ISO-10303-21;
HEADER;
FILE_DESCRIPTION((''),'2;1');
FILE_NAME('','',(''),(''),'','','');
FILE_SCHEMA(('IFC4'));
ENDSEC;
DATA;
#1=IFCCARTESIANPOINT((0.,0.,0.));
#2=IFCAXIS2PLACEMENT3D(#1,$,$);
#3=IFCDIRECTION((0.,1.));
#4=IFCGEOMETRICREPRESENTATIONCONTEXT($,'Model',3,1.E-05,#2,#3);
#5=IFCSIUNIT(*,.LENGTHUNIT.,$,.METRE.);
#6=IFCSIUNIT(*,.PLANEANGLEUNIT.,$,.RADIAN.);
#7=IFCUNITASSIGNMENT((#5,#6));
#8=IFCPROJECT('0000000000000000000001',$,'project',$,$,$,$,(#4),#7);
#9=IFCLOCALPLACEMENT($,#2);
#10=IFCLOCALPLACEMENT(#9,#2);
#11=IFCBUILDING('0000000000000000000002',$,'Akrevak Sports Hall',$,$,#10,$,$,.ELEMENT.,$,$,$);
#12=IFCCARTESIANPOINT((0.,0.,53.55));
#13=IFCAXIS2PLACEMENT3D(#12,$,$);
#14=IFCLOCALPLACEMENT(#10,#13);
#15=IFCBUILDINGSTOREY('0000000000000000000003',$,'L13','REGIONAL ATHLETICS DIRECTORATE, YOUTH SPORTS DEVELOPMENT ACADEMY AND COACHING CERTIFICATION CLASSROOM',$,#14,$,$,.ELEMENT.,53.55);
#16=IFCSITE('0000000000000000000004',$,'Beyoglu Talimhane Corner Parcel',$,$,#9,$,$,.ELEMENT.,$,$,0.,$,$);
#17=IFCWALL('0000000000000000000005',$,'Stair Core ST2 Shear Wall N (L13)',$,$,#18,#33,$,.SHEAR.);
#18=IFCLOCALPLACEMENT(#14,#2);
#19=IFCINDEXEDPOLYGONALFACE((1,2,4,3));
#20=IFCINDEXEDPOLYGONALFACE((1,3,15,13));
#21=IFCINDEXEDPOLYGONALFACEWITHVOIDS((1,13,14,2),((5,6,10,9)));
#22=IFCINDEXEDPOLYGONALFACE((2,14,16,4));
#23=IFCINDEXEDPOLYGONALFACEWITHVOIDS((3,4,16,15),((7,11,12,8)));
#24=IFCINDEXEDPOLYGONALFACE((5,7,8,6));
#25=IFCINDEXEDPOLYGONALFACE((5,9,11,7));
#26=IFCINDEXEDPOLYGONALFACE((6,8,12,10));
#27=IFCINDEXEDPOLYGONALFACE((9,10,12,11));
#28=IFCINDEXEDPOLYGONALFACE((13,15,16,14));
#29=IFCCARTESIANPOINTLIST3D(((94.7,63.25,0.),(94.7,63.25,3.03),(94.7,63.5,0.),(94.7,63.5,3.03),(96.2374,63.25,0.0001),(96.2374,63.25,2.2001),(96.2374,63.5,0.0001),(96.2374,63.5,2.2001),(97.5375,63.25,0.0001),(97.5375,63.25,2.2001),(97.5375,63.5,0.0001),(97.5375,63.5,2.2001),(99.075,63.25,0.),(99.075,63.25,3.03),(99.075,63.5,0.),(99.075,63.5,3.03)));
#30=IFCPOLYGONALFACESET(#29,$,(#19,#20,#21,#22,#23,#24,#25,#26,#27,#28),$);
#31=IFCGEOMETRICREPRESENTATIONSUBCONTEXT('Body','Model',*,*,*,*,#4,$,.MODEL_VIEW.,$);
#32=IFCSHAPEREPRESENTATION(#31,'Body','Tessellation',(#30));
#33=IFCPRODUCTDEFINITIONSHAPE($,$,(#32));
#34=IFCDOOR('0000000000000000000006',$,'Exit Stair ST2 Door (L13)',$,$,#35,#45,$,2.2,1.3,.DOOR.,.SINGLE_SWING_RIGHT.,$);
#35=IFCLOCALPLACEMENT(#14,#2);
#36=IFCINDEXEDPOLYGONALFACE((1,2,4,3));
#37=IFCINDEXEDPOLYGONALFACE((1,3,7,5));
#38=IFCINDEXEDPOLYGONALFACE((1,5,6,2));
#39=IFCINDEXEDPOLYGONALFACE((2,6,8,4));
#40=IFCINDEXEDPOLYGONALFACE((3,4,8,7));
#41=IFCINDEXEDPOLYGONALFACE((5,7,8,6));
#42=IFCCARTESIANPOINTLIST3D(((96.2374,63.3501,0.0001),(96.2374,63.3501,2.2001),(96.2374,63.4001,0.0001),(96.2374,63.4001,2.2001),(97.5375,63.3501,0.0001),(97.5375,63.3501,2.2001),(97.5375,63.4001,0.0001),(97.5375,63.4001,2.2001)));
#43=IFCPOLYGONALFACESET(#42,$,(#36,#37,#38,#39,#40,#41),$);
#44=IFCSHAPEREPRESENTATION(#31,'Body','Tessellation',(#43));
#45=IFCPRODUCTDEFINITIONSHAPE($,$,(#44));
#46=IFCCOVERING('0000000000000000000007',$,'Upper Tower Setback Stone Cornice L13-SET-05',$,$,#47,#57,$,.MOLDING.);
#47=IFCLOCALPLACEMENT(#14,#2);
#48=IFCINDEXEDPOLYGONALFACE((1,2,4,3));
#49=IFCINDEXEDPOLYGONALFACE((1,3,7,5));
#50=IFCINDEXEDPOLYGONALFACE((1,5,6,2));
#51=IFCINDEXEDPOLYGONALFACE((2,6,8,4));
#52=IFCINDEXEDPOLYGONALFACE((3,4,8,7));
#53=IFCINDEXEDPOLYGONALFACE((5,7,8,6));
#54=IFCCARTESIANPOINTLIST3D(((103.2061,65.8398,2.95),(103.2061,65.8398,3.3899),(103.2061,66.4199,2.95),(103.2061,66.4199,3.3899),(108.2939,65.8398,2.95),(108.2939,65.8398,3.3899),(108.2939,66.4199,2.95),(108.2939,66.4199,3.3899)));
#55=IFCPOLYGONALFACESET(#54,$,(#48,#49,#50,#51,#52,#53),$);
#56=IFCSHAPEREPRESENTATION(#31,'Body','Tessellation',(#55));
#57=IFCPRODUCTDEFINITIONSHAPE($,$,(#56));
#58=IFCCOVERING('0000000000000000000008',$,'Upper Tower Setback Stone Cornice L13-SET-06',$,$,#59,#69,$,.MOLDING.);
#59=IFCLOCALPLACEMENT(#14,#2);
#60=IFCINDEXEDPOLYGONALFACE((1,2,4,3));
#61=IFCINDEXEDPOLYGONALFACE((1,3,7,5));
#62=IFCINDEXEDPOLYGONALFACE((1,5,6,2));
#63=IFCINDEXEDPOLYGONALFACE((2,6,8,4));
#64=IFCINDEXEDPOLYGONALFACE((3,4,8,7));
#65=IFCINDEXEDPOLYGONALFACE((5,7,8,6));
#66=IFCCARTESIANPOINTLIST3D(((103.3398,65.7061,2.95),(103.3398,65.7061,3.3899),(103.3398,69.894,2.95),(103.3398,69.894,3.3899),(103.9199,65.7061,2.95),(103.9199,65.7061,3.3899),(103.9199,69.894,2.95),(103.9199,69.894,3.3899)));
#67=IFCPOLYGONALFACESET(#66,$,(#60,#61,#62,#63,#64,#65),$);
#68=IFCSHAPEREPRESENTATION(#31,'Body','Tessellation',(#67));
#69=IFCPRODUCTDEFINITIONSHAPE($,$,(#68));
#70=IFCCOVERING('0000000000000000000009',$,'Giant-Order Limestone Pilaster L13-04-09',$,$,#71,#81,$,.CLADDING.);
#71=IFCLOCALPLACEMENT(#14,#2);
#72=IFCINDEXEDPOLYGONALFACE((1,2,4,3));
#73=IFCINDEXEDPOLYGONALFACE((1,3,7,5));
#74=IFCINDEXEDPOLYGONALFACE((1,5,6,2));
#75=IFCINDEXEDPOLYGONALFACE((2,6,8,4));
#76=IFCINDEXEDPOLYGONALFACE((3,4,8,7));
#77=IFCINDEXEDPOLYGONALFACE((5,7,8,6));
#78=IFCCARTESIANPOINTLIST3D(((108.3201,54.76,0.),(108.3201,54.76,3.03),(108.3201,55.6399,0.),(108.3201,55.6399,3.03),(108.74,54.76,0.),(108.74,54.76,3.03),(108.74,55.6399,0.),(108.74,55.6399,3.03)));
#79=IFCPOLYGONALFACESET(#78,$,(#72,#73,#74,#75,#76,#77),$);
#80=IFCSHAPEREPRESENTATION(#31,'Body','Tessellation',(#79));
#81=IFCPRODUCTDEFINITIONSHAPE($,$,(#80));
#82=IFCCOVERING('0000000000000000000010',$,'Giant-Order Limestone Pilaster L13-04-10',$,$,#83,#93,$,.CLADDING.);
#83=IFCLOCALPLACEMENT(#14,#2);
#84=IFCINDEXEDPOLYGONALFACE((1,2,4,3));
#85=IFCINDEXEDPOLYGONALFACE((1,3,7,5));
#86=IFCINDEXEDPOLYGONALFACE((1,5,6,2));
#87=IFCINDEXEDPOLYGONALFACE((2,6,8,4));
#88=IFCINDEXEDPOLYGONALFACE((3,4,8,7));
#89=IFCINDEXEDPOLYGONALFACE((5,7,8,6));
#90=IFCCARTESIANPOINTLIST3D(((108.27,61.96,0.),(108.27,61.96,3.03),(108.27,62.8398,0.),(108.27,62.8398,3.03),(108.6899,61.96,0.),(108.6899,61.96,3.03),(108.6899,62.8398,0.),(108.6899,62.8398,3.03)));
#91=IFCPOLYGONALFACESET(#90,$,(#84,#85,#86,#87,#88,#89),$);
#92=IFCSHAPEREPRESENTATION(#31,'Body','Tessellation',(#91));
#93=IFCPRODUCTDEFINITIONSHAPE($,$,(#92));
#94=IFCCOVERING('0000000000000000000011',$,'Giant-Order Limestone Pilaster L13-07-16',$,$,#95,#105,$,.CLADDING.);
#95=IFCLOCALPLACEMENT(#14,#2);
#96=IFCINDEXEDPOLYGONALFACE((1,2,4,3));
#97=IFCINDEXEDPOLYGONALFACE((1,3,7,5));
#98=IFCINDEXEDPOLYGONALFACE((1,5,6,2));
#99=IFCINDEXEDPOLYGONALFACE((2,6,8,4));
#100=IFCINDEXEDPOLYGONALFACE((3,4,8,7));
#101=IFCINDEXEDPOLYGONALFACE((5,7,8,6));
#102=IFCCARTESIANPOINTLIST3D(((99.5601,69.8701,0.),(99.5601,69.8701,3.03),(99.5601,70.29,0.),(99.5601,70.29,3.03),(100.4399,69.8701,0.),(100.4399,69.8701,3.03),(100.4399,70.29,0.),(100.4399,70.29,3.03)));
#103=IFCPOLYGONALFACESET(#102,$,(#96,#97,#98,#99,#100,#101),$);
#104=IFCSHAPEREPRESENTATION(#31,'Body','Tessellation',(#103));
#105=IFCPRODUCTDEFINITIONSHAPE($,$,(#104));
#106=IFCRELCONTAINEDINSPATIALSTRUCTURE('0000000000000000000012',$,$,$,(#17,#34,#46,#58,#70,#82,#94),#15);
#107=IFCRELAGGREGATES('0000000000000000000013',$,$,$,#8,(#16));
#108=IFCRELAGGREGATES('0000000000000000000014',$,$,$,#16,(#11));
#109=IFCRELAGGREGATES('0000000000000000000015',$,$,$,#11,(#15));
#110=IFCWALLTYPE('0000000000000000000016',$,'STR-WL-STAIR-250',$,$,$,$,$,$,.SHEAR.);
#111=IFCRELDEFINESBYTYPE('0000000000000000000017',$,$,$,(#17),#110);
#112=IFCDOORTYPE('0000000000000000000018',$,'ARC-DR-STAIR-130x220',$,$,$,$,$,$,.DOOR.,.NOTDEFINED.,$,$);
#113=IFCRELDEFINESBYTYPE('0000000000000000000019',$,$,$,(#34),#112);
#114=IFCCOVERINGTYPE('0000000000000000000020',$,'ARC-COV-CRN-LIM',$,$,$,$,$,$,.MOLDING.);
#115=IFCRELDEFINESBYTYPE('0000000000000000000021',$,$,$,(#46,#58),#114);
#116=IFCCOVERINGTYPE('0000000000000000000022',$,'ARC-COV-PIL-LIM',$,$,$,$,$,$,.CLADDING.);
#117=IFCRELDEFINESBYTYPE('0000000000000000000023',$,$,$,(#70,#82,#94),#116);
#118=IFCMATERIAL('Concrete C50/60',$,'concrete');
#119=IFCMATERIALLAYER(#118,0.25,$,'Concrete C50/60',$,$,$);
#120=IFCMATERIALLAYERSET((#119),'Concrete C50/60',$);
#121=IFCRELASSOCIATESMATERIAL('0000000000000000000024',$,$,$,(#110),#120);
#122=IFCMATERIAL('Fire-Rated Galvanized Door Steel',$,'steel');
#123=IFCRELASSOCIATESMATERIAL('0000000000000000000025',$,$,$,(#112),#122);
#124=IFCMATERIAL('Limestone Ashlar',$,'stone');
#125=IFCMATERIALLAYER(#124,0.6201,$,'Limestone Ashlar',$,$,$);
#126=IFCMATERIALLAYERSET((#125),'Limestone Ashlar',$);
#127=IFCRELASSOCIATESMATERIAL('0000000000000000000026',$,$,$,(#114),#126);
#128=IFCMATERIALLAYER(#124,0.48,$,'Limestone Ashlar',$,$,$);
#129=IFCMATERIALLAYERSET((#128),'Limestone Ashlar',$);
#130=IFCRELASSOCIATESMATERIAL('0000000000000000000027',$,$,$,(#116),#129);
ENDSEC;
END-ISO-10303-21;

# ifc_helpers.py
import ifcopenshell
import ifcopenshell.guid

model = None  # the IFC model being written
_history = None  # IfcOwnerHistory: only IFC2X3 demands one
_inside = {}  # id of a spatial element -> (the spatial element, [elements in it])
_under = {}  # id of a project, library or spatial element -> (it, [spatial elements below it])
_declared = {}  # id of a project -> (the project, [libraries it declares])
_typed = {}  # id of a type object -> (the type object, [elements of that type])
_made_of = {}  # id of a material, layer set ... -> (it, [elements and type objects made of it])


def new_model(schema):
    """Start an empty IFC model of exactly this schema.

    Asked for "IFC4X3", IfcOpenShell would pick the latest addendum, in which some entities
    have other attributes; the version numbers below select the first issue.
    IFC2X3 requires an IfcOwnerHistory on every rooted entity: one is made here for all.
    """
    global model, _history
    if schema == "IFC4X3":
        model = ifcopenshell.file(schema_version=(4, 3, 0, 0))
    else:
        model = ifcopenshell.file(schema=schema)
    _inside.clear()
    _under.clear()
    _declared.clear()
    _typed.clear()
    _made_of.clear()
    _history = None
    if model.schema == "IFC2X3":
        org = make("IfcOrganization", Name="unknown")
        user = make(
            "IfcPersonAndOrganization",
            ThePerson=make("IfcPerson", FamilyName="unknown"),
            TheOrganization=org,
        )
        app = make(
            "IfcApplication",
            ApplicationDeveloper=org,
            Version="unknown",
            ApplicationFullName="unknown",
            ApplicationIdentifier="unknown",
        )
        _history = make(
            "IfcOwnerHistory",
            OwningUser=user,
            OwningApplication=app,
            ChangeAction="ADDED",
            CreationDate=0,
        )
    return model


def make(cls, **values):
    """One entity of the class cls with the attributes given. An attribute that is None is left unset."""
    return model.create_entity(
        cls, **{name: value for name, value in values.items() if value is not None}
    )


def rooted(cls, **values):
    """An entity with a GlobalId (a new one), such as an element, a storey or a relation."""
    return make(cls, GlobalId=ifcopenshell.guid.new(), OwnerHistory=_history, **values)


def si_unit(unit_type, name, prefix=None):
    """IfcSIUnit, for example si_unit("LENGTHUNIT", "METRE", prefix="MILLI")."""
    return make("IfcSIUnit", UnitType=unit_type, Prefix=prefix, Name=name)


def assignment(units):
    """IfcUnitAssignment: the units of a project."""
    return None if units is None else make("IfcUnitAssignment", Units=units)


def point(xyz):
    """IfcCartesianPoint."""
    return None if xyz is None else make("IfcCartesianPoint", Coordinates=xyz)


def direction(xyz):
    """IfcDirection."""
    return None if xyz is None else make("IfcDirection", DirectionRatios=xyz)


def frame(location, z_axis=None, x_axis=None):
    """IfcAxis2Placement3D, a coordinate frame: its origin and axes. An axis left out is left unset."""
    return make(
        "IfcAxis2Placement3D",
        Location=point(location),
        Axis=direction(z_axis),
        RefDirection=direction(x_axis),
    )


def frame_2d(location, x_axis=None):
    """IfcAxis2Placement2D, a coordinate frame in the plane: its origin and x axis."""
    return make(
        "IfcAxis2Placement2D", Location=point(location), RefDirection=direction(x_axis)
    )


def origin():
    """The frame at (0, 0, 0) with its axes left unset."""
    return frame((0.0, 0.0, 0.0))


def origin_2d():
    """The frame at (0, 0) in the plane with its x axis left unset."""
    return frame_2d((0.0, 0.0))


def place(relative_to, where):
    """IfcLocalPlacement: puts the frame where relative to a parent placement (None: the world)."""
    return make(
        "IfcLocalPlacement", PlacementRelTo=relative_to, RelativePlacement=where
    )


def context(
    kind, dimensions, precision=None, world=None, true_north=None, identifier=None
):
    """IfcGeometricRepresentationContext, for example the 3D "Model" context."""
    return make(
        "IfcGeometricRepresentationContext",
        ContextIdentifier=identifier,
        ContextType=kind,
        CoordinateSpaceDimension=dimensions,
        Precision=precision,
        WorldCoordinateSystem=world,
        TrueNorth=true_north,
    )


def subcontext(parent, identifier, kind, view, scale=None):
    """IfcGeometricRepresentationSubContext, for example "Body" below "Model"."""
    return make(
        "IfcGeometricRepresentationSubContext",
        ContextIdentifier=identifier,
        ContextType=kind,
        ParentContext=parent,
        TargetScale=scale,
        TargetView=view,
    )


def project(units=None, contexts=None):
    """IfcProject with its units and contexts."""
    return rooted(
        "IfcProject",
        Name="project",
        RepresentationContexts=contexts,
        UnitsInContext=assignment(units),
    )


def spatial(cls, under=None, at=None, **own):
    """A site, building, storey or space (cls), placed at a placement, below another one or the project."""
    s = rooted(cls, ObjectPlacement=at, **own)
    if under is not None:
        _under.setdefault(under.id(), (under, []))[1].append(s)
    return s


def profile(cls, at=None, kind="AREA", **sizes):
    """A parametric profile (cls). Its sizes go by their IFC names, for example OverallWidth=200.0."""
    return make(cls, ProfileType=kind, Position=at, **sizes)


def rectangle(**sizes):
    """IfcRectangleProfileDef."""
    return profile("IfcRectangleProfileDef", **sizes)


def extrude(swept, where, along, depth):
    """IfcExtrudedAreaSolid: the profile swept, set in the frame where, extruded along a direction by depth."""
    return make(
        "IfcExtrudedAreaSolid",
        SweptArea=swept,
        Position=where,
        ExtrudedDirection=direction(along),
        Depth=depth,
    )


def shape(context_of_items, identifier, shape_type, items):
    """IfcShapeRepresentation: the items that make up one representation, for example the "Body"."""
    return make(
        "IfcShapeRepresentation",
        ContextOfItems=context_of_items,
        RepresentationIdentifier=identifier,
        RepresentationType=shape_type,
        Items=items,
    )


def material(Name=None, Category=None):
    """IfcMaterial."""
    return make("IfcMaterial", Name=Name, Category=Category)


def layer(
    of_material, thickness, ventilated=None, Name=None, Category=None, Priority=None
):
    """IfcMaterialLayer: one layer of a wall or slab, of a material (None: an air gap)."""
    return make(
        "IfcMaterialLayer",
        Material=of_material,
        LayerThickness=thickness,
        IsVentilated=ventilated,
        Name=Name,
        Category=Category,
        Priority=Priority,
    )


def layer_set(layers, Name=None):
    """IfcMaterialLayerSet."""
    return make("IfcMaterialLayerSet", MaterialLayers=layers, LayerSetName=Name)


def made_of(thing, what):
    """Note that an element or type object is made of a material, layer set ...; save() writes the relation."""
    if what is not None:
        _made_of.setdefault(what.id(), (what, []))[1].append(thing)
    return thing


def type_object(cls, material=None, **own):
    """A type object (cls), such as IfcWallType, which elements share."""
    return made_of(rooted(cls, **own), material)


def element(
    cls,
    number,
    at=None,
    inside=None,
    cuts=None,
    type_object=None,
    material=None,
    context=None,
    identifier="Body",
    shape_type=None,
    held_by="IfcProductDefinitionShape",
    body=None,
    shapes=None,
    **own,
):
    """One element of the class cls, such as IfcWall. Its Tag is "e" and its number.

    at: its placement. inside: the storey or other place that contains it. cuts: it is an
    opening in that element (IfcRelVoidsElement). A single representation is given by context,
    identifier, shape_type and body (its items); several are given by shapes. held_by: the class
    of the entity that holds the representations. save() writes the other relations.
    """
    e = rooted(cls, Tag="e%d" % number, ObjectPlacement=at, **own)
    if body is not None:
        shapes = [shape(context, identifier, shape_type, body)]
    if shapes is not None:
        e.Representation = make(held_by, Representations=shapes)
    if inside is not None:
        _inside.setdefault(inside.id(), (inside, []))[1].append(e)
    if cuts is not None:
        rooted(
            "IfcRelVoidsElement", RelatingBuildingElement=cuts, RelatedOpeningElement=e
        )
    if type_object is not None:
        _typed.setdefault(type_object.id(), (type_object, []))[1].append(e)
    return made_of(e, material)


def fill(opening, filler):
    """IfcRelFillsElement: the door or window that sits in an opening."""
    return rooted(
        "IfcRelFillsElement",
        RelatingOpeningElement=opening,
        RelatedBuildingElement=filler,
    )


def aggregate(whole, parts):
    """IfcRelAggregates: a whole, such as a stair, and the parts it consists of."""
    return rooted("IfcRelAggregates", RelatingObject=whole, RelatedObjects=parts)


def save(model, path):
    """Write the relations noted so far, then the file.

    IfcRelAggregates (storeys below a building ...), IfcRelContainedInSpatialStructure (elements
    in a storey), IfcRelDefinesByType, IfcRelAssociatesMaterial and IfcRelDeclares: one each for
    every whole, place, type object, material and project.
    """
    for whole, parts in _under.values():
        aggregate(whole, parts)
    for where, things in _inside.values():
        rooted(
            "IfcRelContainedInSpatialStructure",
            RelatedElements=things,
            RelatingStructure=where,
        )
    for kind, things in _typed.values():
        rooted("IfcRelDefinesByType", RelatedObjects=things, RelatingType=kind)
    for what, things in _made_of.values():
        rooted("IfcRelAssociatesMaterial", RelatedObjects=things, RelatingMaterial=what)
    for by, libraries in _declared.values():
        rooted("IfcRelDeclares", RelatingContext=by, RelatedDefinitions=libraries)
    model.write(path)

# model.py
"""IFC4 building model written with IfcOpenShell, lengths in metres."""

from ifc_helpers import new_model, si_unit, direction, frame, frame_2d, origin, origin_2d, place, context, subcontext, project, spatial, rectangle, extrude, material, layer, layer_set, type_object, element, fill, save


model = new_model("IFC4")

# Units and contexts
model_context = context("Model", 3, precision=1e-05, world=origin(), true_north=direction((0.0, 1.0)))
body_context = subcontext(model_context, "Body", "Model", "MODEL_VIEW")
ifc_project = project(units=[si_unit("LENGTHUNIT", "METRE"), si_unit("PLANEANGLEUNIT", "RADIAN")], contexts=[model_context])

# Site, building, storey
site_placement = place(None, origin())
site = spatial("IfcSite", under=ifc_project, at=site_placement, Name="Beyoglu Talimhane Corner Parcel", CompositionType="ELEMENT", RefElevation=0.0)
building_placement = place(site_placement, origin())
building = spatial("IfcBuilding", under=site, at=building_placement, Name="Akrevak Sports Hall", CompositionType="ELEMENT")
storey_placement = place(building_placement, frame((0.0, 0.0, 53.55)))
storey = spatial("IfcBuildingStorey", under=building, at=storey_placement, Name="L13", Description="REGIONAL ATHLETICS DIRECTORATE, YOUTH SPORTS DEVELOPMENT ACADEMY AND COACHING CERTIFICATION CLASSROOM", CompositionType="ELEMENT", Elevation=53.55)

# Shared definitions
ifc_material_1 = material(Name="Limestone Ashlar", Category="stone")

# Shared definitions
ifc_material_2 = material(Name="Concrete C50/60", Category="concrete")

# Wall, opening, door
ifc_layer_1 = layer(ifc_material_2, 0.25, Name="Concrete C50/60")
ifc_layer_set_1 = layer_set([ifc_layer_1], Name="Concrete C50/60")
wall_type_1 = type_object("IfcWallType", Name="STR-WL-STAIR-250", PredefinedType="SHEAR", material=ifc_layer_set_1)
wall_1_placement = place(storey_placement, frame((99.075, 63.375, 0.0), z_axis=(0.0, 0.0, 1.0), x_axis=(-1.0, 0.0, 0.0)))
wall_1 = element("IfcWall", 1, at=wall_1_placement, inside=storey, type_object=wall_type_1, Name="Stair Core ST2 Shear Wall N (L13)", PredefinedType="SHEAR", context=body_context, shape_type="SweptSolid", body=[
    extrude(rectangle(XDim=4.375, YDim=0.25, at=frame_2d((2.1875, 0.0))), origin(), (0.0, 0.0, 1.0), 3.03),
])
opening_1_placement = place(wall_1_placement, frame((1.5376, 0.0, 0.0)))
opening_1 = element("IfcOpeningElement", 2, at=opening_1_placement, cuts=wall_1, PredefinedType="OPENING", context=body_context, shape_type="SweptSolid", body=[
    extrude(rectangle(XDim=1.3, YDim=2.2, at=frame_2d((0.6499, 1.1001))), frame((0.0, 0.137, 0.0), z_axis=(0.0, -1.0, 0.0), x_axis=(1.0, 0.0, 0.0)), (0.0, 0.0, 1.0), 0.2739),
])
ifc_material_3 = material(Name="Fire-Rated Galvanized Door Steel", Category="steel")
door_type = type_object("IfcDoorType", Name="ARC-DR-STAIR-130x220", OperationType="NOTDEFINED", PredefinedType="DOOR", material=ifc_material_3)
door_placement = place(opening_1_placement, origin())
door = element("IfcDoor", 3, at=door_placement, inside=storey, type_object=door_type, Name="Exit Stair ST2 Door (L13)", OperationType="SINGLE_SWING_RIGHT", OverallHeight=2.2, OverallWidth=1.3, PredefinedType="DOOR", context=body_context, shape_type="SweptSolid", body=[
    extrude(rectangle(XDim=1.3, YDim=2.2, at=frame_2d((0.6499, 1.1001))), frame((0.0, 0.0249, 0.0), z_axis=(0.0, -1.0, 0.0), x_axis=(1.0, 0.0, 0.0)), (0.0, 0.0, 1.0), 0.05),
])
fill(opening_1, door)

# Coverings
ifc_layer_2 = layer(ifc_material_1, 0.6201, Name="Limestone Ashlar")
ifc_layer_set_2 = layer_set([ifc_layer_2], Name="Limestone Ashlar")
covering_type_1 = type_object("IfcCoveringType", Name="ARC-COV-CRN-LIM", PredefinedType="MOLDING", material=ifc_layer_set_2)
covering_1_placement = place(storey_placement, frame((105.75, 66.1299, 2.95), z_axis=(0.0, 0.0, 1.0), x_axis=(-1.0, 0.0, 0.0)))
element("IfcCovering", 4, at=covering_1_placement, inside=storey, type_object=covering_type_1, Name="Upper Tower Setback Stone Cornice L13-SET-05", PredefinedType="MOLDING", context=body_context, shape_type="SweptSolid", body=[
    extrude(rectangle(XDim=5.0879, YDim=0.5801, at=origin_2d()), origin(), (0.0, 0.0, 1.0), 0.4399),
])
covering_2_placement = place(storey_placement, frame((103.6299, 67.8, 2.95), z_axis=(0.0, 0.0, 1.0), x_axis=(0.0, 1.0, 0.0)))
element("IfcCovering", 5, at=covering_2_placement, inside=storey, type_object=covering_type_1, Name="Upper Tower Setback Stone Cornice L13-SET-06", PredefinedType="MOLDING", context=body_context, shape_type="SweptSolid", body=[
    extrude(rectangle(XDim=4.188, YDim=0.5801, at=origin_2d()), origin(), (0.0, 0.0, 1.0), 0.4399),
])
ifc_layer_3 = layer(ifc_material_1, 0.48, Name="Limestone Ashlar")
ifc_layer_set_3 = layer_set([ifc_layer_3], Name="Limestone Ashlar")
covering_type_2 = type_object("IfcCoveringType", Name="ARC-COV-PIL-LIM", PredefinedType="CLADDING", material=ifc_layer_set_3)
for number, where, z_axis, x_axis, name in (
    (6, (108.53, 55.2, 0.0), (0.0, 0.0, 1.0), (0.0, 1.0, 0.0), "Giant-Order Limestone Pilaster L13-04-09"),
    (7, (108.48, 62.3999, 0.0), (0.0, 0.0, 1.0), (0.0, 1.0, 0.0), "Giant-Order Limestone Pilaster L13-04-10"),
    (8, (100.0, 70.0801, 0.0), (0.0, 0.0, 1.0), (-1.0, 0.0, 0.0), "Giant-Order Limestone Pilaster L13-07-16"),
):
    element("IfcCovering", number, at=place(storey_placement, frame(where, z_axis=z_axis, x_axis=x_axis)), inside=storey, type_object=covering_type_2, Name=name, PredefinedType="CLADDING", context=body_context, shape_type="SweptSolid", body=[
        extrude(rectangle(XDim=0.8799, YDim=0.4199, at=origin_2d()), origin(), (0.0, 0.0, 1.0), 3.03),
    ])

save(model, "model.ifc")
